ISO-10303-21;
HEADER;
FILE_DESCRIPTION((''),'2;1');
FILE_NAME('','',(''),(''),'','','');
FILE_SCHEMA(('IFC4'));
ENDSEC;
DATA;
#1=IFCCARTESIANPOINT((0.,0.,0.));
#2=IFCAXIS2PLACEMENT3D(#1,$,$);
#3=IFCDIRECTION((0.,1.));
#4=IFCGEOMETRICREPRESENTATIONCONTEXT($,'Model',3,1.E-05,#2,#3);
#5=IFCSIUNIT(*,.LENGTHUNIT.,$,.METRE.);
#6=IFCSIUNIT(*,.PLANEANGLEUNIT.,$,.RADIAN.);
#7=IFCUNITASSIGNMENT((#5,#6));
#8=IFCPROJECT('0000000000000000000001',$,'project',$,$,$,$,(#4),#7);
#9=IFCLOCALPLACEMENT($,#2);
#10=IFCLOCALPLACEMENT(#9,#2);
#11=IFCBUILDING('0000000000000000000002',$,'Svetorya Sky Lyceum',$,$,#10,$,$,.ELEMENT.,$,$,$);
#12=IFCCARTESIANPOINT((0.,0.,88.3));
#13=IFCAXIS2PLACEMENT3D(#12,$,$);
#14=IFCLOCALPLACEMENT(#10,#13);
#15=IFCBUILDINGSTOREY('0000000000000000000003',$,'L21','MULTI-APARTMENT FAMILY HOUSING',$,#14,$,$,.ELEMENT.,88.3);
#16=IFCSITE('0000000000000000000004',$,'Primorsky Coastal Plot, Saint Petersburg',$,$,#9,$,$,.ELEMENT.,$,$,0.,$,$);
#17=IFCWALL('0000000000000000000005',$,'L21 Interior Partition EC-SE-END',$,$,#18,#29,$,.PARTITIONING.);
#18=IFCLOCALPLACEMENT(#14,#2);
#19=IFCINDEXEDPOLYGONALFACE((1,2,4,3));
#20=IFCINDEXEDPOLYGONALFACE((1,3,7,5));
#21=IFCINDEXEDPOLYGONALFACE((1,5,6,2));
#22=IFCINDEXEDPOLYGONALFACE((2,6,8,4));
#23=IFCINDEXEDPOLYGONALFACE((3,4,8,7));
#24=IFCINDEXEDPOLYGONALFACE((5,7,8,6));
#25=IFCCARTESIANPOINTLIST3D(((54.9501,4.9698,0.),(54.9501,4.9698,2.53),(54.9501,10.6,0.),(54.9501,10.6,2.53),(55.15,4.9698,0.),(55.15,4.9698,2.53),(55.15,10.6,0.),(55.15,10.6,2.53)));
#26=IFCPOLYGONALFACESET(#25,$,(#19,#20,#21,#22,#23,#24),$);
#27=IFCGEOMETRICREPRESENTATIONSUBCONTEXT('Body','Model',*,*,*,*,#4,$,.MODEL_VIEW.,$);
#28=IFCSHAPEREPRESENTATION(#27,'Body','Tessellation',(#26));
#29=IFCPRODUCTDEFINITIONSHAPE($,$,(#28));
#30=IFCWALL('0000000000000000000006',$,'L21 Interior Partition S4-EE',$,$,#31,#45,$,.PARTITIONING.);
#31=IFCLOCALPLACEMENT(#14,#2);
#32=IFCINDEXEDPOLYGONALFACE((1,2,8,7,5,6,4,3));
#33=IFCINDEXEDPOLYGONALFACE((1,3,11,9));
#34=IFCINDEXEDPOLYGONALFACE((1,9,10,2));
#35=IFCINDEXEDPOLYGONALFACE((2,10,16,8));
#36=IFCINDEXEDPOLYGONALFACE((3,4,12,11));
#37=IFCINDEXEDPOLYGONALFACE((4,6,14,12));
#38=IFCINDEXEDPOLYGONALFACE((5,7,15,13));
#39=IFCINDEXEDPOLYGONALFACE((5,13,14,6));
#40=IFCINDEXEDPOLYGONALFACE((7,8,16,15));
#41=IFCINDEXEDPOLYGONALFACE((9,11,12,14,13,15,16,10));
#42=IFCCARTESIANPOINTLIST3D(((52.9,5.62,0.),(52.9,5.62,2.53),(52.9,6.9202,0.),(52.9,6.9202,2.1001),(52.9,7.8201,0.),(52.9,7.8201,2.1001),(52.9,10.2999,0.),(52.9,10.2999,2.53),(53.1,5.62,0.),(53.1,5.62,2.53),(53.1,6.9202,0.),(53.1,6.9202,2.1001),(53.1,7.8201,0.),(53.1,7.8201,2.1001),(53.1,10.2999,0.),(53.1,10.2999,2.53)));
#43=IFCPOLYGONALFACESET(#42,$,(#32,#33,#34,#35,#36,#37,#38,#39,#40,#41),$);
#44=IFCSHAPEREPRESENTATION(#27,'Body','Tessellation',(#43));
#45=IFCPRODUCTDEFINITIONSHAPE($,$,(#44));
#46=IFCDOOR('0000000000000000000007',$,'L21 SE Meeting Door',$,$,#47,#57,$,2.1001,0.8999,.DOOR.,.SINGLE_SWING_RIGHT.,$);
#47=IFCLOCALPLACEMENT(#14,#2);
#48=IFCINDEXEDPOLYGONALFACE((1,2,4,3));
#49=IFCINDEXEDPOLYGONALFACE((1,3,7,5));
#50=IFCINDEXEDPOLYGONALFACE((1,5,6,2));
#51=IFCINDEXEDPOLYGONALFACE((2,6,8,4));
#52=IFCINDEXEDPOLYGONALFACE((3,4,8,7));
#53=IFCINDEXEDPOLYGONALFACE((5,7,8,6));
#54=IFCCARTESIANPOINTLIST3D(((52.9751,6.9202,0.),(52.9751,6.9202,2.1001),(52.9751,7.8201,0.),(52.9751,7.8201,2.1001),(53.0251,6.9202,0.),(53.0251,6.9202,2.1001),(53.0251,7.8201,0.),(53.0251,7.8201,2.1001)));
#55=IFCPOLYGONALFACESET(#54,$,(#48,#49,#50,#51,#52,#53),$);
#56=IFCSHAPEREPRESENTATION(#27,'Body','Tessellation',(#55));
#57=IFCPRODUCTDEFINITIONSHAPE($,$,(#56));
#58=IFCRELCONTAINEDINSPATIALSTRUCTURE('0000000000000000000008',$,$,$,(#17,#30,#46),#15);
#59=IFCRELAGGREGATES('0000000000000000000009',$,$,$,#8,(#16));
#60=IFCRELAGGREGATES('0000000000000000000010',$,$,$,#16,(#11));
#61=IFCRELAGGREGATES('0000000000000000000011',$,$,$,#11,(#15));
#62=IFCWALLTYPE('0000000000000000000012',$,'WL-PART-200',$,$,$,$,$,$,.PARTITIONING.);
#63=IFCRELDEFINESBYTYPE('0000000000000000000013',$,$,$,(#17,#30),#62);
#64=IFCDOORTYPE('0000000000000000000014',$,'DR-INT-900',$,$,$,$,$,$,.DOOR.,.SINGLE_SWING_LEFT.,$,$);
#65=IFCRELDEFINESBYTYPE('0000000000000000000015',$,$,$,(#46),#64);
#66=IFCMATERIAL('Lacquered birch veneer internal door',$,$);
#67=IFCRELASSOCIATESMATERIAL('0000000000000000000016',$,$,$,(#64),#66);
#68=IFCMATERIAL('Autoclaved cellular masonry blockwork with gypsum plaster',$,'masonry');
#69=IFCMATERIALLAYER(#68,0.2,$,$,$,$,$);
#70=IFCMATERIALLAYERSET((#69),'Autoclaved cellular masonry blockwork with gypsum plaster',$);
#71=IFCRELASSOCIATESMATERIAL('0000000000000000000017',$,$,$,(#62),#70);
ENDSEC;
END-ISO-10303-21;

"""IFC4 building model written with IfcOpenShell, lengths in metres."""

from ifc_helpers import new_model, si_unit, direction, frame, frame_2d, origin, place, context, subcontext, project, spatial, rectangle, extrude, material, layer, layer_set, type_object, element, fill, save


model = new_model("IFC4")

# Units and contexts
model_context = context("Model", 3, precision=1e-05, world=origin(), true_north=direction((0.0, 1.0)))
body_context = subcontext(model_context, "Body", "Model", "MODEL_VIEW")
ifc_project = project(units=[si_unit("LENGTHUNIT", "METRE"), si_unit("PLANEANGLEUNIT", "RADIAN")], contexts=[model_context])

# Site, building, storey
site_placement = place(None, origin())
site = spatial("IfcSite", under=ifc_project, at=site_placement, Name="Primorsky Coastal Plot, Saint Petersburg", CompositionType="ELEMENT", RefElevation=0.0)
building_placement = place(site_placement, origin())
building = spatial("IfcBuilding", under=site, at=building_placement, Name="Svetorya Sky Lyceum", CompositionType="ELEMENT")
storey_placement = place(building_placement, frame((0.0, 0.0, 88.3)))
storey = spatial("IfcBuildingStorey", under=building, at=storey_placement, Name="L21", Description="MULTI-APARTMENT FAMILY HOUSING", CompositionType="ELEMENT", Elevation=88.3)

# Shared definitions
ifc_material_1 = material(Name="Lacquered birch veneer internal door")
door_type_1 = type_object("IfcDoorType", Name="DR-INT-900", OperationType="SINGLE_SWING_LEFT", PredefinedType="DOOR", material=ifc_material_1)

# Shared definitions
ifc_material_2 = material(Name="Autoclaved cellular masonry blockwork with gypsum plaster", Category="masonry")
ifc_layer_1 = layer(ifc_material_2, 0.2)
ifc_layer_set_1 = layer_set([ifc_layer_1], Name="Autoclaved cellular masonry blockwork with gypsum plaster")
wall_type_1 = type_object("IfcWallType", Name="WL-PART-200", PredefinedType="PARTITIONING", material=ifc_layer_set_1)

# Wall
wall_1_placement = place(storey_placement, frame((55.05, 4.97, 0.0), z_axis=(0.0, 0.0, 1.0), x_axis=(0.0, 1.0, 0.0)))
element("IfcWall", 1, at=wall_1_placement, inside=storey, type_object=wall_type_1, Name="L21 Interior Partition EC-SE-END", PredefinedType="PARTITIONING", context=body_context, shape_type="SweptSolid", body=[
    extrude(rectangle(XDim=5.6301, YDim=0.2, at=frame_2d((2.8149, 0.0))), origin(), (0.0, 0.0, 1.0), 2.53),
])

# Wall, opening, door
wall_2_placement = place(storey_placement, frame((53.0, 5.6201, 0.0), z_axis=(0.0, 0.0, 1.0), x_axis=(0.0, 1.0, 0.0)))
wall_2 = element("IfcWall", 2, at=wall_2_placement, inside=storey, type_object=wall_type_1, Name="L21 Interior Partition S4-EE", PredefinedType="PARTITIONING", context=body_context, shape_type="SweptSolid", body=[
    extrude(rectangle(XDim=4.6799, YDim=0.2, at=frame_2d((2.3398, 0.0))), origin(), (0.0, 0.0, 1.0), 2.53),
])
opening_1_placement = place(wall_2_placement, frame((1.3, 0.0, 0.0)))
opening_1 = element("IfcOpeningElement", 3, at=opening_1_placement, cuts=wall_2, PredefinedType="OPENING", context=body_context, shape_type="SweptSolid", body=[
    extrude(rectangle(XDim=0.8999, YDim=2.1001, at=frame_2d((0.45, 1.05))), frame((0.0, 0.1099, 0.0), z_axis=(0.0, -1.0, 0.0), x_axis=(1.0, 0.0, 0.0)), (0.0, 0.0, 1.0), 0.22),
])
door_1_placement = place(opening_1_placement, origin())
door_1 = element("IfcDoor", 4, at=door_1_placement, inside=storey, type_object=door_type_1, Name="L21 SE Meeting Door", OperationType="SINGLE_SWING_RIGHT", OverallHeight=2.1001, OverallWidth=0.8999, PredefinedType="DOOR", context=body_context, shape_type="SweptSolid", body=[
    extrude(rectangle(XDim=0.8999, YDim=2.1001, at=frame_2d((0.45, 1.05))), frame((0.0, 0.0249, 0.0), z_axis=(0.0, -1.0, 0.0), x_axis=(1.0, 0.0, 0.0)), (0.0, 0.0, 1.0), 0.05),
])
fill(opening_1, door_1)

save(model, "model.ifc")
